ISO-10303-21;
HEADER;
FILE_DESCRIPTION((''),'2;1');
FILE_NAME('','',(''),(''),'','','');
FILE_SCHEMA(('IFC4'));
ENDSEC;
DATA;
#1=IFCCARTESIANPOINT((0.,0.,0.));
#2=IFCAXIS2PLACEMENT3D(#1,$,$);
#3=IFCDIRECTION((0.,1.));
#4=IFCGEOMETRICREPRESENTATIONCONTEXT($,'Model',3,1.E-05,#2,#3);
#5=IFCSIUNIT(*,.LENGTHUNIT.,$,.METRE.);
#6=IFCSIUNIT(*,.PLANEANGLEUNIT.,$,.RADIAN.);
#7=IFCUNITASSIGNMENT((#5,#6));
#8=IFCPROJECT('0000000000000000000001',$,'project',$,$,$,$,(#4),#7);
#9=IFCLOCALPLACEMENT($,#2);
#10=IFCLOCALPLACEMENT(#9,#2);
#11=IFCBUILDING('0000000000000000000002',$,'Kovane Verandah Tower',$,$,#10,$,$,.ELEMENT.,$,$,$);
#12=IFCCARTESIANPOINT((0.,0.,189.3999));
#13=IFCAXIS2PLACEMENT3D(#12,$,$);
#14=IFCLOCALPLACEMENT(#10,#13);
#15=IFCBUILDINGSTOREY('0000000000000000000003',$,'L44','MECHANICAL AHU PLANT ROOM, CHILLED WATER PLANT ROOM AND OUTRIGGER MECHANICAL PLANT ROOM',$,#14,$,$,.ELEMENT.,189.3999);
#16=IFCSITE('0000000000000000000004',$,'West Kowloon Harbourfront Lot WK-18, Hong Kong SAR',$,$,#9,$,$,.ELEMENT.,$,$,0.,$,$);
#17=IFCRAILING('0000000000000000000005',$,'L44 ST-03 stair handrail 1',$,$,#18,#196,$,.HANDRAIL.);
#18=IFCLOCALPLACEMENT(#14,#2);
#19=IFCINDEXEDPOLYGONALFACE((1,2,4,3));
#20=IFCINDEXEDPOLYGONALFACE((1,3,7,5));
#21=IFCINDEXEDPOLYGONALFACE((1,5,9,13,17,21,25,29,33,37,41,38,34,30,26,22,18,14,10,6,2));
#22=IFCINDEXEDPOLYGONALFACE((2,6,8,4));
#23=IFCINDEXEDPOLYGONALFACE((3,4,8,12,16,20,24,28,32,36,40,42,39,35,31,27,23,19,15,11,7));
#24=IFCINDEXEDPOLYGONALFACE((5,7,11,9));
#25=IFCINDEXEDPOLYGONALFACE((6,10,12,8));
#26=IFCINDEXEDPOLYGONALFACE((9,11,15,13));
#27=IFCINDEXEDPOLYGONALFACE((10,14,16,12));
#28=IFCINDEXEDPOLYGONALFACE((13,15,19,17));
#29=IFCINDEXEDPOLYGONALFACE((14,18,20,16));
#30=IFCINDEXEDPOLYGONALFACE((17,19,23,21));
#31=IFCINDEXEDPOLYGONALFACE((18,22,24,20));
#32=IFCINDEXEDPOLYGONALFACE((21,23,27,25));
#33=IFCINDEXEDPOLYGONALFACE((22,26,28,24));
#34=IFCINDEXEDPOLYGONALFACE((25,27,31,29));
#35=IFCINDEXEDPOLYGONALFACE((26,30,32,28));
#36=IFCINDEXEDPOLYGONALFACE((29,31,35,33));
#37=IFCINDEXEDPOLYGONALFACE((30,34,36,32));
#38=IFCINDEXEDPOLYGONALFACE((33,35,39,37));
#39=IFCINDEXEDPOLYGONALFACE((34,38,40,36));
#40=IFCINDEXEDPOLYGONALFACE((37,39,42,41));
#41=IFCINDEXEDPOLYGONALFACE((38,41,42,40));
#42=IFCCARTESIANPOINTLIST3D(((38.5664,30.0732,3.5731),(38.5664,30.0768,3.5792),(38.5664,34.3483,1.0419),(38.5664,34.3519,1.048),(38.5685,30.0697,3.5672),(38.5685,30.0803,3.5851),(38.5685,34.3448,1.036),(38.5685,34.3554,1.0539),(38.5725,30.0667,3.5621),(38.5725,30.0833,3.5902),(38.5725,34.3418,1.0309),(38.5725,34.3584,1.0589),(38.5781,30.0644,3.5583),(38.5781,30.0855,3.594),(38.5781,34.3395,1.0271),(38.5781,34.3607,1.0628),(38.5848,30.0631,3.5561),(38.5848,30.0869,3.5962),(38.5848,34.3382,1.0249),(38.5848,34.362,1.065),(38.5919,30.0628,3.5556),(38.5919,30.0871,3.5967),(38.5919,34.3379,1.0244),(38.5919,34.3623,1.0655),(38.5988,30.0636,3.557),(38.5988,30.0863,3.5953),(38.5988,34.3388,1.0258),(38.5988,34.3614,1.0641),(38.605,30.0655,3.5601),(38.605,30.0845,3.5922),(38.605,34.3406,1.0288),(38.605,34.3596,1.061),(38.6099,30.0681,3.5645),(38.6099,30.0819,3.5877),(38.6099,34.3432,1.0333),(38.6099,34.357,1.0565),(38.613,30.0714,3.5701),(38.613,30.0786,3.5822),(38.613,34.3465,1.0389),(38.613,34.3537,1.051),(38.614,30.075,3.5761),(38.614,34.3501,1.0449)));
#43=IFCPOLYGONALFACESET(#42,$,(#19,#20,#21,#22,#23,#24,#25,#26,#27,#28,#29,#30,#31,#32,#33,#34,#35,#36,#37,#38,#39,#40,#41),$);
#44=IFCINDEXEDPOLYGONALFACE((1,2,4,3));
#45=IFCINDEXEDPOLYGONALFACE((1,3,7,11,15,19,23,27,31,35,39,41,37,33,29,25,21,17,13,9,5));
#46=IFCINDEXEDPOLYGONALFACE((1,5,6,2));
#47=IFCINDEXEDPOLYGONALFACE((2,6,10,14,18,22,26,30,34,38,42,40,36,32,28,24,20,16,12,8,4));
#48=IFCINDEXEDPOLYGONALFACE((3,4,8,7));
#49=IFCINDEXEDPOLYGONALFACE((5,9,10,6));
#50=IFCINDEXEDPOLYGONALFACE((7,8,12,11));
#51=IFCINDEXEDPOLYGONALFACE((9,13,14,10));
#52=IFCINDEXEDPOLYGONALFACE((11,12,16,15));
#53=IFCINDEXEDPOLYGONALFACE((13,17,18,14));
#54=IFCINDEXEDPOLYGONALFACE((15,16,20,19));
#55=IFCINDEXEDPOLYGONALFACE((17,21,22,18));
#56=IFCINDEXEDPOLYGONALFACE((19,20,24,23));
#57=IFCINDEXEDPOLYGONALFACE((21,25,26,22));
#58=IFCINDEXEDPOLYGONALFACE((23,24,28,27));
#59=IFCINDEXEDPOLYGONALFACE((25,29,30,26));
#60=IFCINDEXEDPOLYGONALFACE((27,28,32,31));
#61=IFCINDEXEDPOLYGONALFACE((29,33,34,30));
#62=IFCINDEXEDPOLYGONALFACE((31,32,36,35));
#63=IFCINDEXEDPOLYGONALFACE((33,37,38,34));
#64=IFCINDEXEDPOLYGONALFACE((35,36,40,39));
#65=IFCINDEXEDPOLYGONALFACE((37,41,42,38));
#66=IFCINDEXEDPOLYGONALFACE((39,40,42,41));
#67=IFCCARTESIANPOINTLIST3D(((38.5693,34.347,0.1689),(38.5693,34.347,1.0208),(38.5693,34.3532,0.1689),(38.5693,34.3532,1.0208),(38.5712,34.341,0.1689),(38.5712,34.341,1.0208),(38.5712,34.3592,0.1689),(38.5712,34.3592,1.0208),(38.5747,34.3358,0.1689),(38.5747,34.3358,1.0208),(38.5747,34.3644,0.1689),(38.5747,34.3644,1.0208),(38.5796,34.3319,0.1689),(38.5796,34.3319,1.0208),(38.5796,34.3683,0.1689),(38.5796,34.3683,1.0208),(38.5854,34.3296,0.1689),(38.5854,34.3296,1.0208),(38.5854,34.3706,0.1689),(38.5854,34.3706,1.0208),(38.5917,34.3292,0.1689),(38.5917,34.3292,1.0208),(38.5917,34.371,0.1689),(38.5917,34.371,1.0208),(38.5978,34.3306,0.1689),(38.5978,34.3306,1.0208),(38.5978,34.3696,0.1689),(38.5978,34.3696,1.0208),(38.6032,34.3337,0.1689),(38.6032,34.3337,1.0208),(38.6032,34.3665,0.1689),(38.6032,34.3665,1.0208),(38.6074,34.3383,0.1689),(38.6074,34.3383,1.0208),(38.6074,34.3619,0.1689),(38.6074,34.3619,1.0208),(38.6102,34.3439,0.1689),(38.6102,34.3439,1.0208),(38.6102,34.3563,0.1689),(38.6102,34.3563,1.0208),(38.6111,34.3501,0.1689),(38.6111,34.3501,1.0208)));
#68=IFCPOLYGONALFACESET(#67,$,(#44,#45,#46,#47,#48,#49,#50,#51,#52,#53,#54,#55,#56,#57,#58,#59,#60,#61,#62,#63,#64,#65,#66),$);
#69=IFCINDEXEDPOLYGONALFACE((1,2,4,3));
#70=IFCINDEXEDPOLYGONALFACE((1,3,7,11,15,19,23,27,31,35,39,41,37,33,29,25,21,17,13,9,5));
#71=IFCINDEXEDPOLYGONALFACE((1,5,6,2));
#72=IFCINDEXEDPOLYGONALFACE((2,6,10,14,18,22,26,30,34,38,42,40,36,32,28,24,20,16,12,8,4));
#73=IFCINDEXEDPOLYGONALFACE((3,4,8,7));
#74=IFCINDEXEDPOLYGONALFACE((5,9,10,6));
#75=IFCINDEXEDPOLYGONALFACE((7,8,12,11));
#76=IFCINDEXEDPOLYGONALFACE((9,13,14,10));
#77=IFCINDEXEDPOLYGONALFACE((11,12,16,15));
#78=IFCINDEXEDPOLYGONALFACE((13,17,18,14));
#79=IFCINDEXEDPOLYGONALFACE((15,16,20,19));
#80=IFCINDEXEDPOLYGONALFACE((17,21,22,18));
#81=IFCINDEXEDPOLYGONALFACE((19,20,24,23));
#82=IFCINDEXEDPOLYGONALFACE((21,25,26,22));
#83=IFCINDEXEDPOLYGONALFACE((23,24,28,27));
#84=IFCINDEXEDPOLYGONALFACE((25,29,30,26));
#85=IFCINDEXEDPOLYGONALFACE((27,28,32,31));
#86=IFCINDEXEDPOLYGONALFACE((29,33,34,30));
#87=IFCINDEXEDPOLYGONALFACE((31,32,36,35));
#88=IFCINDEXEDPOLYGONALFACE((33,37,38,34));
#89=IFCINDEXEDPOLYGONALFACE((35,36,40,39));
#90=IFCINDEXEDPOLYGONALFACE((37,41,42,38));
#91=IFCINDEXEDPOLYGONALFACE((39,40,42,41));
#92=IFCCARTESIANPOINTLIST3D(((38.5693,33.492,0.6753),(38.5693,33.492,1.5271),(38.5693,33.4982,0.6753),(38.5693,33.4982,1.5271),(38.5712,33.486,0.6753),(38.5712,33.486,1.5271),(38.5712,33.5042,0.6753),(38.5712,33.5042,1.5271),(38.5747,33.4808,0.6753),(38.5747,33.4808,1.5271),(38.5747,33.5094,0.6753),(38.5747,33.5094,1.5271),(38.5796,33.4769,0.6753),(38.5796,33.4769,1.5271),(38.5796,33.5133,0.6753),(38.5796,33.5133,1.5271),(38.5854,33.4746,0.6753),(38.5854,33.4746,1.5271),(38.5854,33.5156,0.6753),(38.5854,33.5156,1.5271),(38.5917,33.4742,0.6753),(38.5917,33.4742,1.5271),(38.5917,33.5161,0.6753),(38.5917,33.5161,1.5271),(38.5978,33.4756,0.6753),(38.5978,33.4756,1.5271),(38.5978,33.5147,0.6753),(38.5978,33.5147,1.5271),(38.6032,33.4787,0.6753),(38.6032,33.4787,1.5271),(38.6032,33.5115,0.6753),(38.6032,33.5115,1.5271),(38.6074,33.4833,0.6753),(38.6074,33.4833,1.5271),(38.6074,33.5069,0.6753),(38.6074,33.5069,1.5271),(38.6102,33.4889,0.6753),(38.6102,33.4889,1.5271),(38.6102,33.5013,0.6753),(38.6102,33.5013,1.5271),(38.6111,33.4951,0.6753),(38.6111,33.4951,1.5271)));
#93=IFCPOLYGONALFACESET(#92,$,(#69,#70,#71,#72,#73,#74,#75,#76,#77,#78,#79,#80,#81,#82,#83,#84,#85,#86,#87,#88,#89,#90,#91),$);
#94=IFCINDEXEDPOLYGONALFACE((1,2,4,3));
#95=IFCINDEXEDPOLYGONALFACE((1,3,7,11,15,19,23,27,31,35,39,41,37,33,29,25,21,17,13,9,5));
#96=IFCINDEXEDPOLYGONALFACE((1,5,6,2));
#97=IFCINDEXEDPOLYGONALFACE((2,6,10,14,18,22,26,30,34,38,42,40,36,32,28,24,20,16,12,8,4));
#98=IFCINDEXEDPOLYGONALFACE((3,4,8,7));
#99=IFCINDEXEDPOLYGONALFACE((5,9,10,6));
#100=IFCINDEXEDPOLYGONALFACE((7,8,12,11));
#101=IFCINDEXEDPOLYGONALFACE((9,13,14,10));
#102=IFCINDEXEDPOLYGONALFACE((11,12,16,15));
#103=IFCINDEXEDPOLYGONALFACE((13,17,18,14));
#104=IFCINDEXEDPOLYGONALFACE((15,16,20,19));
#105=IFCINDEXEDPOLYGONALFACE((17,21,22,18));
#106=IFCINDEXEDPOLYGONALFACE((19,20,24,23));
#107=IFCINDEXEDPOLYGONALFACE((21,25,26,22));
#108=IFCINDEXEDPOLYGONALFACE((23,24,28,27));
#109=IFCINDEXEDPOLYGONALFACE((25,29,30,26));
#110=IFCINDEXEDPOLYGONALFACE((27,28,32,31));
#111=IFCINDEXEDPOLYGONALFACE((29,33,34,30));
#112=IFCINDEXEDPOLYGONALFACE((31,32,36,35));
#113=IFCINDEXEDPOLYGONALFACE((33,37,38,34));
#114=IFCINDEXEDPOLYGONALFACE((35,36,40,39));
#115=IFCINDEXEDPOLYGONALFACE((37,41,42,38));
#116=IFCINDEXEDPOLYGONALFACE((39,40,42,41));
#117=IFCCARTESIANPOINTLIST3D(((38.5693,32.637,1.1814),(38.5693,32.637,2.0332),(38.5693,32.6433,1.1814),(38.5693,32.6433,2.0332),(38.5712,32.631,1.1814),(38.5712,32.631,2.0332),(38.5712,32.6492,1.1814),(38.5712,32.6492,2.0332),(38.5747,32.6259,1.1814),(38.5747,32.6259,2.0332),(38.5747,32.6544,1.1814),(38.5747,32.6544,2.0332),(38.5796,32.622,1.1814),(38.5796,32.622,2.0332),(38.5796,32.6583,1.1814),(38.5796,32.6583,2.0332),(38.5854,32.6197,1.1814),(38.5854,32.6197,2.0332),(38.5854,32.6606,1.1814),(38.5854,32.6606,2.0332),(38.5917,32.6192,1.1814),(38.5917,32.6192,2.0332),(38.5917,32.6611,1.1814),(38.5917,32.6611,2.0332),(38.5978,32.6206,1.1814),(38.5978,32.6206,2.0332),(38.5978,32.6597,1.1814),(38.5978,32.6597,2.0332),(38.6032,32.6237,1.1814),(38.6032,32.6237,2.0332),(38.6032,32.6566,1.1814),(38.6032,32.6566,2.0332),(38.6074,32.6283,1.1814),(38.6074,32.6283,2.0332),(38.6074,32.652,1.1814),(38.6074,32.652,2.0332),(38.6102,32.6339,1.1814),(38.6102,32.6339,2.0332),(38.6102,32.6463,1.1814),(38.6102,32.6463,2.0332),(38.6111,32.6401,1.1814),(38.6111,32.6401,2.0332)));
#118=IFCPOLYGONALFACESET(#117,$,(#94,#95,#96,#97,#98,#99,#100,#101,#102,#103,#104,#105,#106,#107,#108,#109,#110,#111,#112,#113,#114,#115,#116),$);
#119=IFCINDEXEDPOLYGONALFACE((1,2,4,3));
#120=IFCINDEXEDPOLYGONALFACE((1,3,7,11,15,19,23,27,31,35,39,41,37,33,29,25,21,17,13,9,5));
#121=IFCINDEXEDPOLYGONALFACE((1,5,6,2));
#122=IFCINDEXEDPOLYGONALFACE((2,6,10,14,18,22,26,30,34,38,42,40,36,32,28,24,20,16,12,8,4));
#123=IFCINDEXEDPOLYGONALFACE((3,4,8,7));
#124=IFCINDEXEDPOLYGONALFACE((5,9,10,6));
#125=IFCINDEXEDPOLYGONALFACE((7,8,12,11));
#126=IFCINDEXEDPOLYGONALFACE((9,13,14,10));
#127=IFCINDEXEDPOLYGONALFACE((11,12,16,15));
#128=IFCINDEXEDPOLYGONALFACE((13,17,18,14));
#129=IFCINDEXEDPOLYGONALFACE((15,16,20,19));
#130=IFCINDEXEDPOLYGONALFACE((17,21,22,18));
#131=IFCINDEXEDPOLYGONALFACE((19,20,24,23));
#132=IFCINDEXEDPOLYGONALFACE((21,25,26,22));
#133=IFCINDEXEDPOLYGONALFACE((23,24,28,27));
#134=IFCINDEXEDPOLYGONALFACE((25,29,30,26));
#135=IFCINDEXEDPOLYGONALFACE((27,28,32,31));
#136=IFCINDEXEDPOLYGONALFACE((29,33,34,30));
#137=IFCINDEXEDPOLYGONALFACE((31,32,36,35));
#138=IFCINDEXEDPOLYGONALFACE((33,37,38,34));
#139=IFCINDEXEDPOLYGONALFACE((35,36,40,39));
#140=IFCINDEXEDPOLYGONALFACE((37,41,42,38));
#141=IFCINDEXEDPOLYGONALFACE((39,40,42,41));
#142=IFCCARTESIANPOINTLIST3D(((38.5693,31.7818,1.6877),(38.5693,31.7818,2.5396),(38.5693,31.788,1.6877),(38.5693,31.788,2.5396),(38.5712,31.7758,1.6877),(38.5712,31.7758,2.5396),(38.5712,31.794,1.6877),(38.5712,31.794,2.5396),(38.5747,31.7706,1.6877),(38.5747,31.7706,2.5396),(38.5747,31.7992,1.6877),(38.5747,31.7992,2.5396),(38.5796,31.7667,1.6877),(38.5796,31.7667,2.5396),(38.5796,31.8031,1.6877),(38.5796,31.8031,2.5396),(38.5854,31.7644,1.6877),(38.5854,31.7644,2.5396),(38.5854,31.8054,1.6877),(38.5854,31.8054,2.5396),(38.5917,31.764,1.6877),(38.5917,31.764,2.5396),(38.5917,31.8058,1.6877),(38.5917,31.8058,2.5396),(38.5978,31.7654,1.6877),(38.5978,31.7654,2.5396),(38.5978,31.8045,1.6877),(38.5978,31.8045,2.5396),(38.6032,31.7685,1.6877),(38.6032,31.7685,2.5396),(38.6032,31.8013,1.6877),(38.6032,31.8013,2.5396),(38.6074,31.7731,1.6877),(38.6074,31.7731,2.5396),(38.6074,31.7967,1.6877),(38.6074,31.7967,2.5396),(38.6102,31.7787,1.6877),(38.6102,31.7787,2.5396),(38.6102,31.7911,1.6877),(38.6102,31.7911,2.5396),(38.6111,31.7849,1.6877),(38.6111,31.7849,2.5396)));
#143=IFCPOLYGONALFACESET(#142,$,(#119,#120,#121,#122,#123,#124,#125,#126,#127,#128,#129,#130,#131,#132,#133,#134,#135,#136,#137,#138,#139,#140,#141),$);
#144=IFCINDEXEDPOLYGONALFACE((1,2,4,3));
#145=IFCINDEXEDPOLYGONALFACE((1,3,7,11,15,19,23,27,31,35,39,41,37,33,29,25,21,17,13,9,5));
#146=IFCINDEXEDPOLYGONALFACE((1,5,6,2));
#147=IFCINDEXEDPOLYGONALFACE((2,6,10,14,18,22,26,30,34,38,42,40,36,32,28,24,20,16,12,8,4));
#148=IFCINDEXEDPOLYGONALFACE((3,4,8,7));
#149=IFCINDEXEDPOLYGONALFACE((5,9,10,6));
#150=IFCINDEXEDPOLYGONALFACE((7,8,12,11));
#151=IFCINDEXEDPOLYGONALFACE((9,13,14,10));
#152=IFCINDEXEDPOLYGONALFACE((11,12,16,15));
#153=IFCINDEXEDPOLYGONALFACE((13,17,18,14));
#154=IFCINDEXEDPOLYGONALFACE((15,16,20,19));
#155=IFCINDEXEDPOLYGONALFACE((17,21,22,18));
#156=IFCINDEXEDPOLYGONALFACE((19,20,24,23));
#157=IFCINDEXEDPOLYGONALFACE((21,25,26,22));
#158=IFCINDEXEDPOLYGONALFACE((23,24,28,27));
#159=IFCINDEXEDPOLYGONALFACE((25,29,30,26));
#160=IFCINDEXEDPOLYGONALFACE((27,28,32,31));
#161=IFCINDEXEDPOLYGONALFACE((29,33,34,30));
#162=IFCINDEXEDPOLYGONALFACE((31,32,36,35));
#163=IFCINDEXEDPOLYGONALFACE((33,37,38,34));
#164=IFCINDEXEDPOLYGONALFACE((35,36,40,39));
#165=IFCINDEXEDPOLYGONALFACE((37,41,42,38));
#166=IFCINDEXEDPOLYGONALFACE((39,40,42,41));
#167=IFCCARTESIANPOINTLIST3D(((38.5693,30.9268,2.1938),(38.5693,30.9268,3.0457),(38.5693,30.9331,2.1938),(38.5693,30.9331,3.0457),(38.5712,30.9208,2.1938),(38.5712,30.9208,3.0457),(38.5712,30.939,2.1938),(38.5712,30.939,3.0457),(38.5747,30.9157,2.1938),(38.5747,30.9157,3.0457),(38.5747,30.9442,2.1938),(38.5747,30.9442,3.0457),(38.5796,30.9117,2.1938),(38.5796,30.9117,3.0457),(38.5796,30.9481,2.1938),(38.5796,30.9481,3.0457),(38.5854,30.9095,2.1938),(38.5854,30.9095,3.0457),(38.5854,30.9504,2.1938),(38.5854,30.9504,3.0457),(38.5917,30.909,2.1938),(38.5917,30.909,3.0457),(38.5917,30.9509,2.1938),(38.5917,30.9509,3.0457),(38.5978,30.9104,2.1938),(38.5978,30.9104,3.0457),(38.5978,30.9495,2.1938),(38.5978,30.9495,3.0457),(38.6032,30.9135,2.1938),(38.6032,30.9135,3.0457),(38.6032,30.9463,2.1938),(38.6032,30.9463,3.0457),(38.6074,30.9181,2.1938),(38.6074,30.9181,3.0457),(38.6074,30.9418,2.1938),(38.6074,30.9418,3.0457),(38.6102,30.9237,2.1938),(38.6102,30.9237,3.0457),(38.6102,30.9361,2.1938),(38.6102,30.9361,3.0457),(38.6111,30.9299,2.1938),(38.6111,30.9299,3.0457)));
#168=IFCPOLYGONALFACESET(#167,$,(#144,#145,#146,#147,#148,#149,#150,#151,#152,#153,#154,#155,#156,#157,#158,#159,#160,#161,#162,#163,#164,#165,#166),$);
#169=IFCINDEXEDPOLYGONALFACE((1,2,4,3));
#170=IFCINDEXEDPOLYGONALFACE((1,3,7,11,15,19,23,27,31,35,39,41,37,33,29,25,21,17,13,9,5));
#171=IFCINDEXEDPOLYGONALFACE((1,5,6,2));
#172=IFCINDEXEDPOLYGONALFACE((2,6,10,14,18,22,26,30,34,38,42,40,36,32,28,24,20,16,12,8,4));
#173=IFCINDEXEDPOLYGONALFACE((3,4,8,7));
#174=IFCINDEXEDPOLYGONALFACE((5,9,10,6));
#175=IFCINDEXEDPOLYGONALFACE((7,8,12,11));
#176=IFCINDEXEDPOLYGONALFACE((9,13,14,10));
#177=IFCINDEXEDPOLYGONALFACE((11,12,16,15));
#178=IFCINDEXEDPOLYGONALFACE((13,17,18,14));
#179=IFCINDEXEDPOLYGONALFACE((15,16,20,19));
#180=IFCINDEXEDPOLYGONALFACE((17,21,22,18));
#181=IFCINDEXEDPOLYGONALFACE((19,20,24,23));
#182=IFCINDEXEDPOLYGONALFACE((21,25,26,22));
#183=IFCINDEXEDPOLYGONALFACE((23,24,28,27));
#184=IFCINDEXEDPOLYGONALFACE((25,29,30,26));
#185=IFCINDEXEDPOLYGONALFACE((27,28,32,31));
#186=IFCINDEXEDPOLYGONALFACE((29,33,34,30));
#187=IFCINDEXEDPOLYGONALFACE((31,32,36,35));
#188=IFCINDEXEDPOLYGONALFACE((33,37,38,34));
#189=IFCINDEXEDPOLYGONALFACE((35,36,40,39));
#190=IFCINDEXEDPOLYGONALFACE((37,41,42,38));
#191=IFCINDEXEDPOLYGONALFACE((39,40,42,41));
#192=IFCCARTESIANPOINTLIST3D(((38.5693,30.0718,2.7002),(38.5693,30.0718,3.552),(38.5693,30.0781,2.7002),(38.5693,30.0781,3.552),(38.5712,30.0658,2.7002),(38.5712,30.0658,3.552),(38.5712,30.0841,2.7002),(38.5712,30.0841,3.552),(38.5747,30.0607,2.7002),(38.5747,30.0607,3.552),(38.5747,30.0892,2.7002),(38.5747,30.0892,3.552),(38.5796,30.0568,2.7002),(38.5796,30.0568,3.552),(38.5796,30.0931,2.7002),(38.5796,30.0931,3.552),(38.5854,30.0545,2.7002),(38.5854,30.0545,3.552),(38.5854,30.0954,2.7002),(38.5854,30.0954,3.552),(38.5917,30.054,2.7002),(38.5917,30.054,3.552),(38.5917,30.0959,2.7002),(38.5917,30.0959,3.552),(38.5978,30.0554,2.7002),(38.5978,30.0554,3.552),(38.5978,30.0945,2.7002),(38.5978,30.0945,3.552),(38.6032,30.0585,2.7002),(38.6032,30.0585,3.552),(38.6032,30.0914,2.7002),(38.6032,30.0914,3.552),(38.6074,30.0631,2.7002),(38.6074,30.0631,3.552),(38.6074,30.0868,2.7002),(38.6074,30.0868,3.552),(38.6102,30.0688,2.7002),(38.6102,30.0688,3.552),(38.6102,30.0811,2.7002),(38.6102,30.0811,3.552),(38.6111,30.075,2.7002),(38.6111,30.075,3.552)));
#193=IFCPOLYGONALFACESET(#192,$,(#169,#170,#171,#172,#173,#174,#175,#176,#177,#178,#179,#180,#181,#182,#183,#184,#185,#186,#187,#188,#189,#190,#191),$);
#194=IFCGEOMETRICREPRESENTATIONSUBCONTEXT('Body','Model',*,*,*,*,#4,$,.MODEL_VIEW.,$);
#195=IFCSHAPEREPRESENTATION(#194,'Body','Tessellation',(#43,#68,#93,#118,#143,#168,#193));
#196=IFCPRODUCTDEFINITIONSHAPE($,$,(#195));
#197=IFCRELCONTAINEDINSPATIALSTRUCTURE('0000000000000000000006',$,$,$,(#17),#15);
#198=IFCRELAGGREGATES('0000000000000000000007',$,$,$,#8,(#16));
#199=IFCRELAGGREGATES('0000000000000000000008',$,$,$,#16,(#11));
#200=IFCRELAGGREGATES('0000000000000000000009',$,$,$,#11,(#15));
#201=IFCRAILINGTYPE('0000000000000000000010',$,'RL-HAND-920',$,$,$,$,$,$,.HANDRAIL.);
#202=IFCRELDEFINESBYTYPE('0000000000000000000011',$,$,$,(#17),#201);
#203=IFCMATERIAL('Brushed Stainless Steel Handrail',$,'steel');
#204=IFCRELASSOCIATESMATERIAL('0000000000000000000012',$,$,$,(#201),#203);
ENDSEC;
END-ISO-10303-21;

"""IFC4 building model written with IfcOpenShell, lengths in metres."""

from ifc_helpers import new_model, si_unit, direction, frame, origin, origin_2d, place, context, subcontext, project, spatial, circle, extrude, material, type_object, element, save


model = new_model("IFC4")

# Units and contexts
model_context = context("Model", 3, precision=1e-05, world=origin(), true_north=direction((0.0, 1.0)))
body_context = subcontext(model_context, "Body", "Model", "MODEL_VIEW")
ifc_project = project(units=[si_unit("LENGTHUNIT", "METRE"), si_unit("PLANEANGLEUNIT", "RADIAN")], contexts=[model_context])

# Site, building, storey
site_placement = place(None, origin())
site = spatial("IfcSite", under=ifc_project, at=site_placement, Name="West Kowloon Harbourfront Lot WK-18, Hong Kong SAR", CompositionType="ELEMENT", RefElevation=0.0)
building_placement = place(site_placement, origin())
building = spatial("IfcBuilding", under=site, at=building_placement, Name="Kovane Verandah Tower", CompositionType="ELEMENT")
storey_placement = place(building_placement, frame((0.0, 0.0, 189.3999)))
storey = spatial("IfcBuildingStorey", under=building, at=storey_placement, Name="L44", Description="MECHANICAL AHU PLANT ROOM, CHILLED WATER PLANT ROOM AND OUTRIGGER MECHANICAL PLANT ROOM", CompositionType="ELEMENT", Elevation=189.3999)

# Railing
ifc_material_1 = material(Name="Brushed Stainless Steel Handrail", Category="steel")
railing_type_1 = type_object("IfcRailingType", Name="RL-HAND-920", PredefinedType="HANDRAIL", material=ifc_material_1)
railing_1_placement = place(storey_placement, frame((38.5901, 34.3501, 0.1689)))
element("IfcRailing", 1, at=railing_1_placement, inside=storey, type_object=railing_type_1, Name="L44 ST-03 stair handrail 1", PredefinedType="HANDRAIL", context=body_context, shape_type="SweptSolid", body=[
    extrude(circle(Radius=0.0239, at=origin_2d()), frame((0.0, 0.0, 0.876), z_axis=(0.0, -0.860483, 0.509479), x_axis=(1.0, 0.0, 0.0)), (0.0, 0.0, 1.0), 4.9683),
    extrude(circle(Radius=0.021, at=origin_2d()), origin(), (0.0, 0.0, 1.0), 0.8518),
    extrude(circle(Radius=0.021, at=origin_2d()), frame((0.0, -0.855, 0.5063)), (0.0, 0.0, 1.0), 0.8518),
    extrude(circle(Radius=0.021, at=origin_2d()), frame((0.0, -1.71, 1.0125)), (0.0, 0.0, 1.0), 0.8518),
    extrude(circle(Radius=0.021, at=origin_2d()), frame((0.0, -2.5652, 1.5188)), (0.0, 0.0, 1.0), 0.8518),
    extrude(circle(Radius=0.021, at=origin_2d()), frame((0.0, -3.4202, 2.0249)), (0.0, 0.0, 1.0), 0.8518),
    extrude(circle(Radius=0.021, at=origin_2d()), frame((0.0, -4.2751, 2.5312)), (0.0, 0.0, 1.0), 0.8518),
])

save(model, "model.ifc")
